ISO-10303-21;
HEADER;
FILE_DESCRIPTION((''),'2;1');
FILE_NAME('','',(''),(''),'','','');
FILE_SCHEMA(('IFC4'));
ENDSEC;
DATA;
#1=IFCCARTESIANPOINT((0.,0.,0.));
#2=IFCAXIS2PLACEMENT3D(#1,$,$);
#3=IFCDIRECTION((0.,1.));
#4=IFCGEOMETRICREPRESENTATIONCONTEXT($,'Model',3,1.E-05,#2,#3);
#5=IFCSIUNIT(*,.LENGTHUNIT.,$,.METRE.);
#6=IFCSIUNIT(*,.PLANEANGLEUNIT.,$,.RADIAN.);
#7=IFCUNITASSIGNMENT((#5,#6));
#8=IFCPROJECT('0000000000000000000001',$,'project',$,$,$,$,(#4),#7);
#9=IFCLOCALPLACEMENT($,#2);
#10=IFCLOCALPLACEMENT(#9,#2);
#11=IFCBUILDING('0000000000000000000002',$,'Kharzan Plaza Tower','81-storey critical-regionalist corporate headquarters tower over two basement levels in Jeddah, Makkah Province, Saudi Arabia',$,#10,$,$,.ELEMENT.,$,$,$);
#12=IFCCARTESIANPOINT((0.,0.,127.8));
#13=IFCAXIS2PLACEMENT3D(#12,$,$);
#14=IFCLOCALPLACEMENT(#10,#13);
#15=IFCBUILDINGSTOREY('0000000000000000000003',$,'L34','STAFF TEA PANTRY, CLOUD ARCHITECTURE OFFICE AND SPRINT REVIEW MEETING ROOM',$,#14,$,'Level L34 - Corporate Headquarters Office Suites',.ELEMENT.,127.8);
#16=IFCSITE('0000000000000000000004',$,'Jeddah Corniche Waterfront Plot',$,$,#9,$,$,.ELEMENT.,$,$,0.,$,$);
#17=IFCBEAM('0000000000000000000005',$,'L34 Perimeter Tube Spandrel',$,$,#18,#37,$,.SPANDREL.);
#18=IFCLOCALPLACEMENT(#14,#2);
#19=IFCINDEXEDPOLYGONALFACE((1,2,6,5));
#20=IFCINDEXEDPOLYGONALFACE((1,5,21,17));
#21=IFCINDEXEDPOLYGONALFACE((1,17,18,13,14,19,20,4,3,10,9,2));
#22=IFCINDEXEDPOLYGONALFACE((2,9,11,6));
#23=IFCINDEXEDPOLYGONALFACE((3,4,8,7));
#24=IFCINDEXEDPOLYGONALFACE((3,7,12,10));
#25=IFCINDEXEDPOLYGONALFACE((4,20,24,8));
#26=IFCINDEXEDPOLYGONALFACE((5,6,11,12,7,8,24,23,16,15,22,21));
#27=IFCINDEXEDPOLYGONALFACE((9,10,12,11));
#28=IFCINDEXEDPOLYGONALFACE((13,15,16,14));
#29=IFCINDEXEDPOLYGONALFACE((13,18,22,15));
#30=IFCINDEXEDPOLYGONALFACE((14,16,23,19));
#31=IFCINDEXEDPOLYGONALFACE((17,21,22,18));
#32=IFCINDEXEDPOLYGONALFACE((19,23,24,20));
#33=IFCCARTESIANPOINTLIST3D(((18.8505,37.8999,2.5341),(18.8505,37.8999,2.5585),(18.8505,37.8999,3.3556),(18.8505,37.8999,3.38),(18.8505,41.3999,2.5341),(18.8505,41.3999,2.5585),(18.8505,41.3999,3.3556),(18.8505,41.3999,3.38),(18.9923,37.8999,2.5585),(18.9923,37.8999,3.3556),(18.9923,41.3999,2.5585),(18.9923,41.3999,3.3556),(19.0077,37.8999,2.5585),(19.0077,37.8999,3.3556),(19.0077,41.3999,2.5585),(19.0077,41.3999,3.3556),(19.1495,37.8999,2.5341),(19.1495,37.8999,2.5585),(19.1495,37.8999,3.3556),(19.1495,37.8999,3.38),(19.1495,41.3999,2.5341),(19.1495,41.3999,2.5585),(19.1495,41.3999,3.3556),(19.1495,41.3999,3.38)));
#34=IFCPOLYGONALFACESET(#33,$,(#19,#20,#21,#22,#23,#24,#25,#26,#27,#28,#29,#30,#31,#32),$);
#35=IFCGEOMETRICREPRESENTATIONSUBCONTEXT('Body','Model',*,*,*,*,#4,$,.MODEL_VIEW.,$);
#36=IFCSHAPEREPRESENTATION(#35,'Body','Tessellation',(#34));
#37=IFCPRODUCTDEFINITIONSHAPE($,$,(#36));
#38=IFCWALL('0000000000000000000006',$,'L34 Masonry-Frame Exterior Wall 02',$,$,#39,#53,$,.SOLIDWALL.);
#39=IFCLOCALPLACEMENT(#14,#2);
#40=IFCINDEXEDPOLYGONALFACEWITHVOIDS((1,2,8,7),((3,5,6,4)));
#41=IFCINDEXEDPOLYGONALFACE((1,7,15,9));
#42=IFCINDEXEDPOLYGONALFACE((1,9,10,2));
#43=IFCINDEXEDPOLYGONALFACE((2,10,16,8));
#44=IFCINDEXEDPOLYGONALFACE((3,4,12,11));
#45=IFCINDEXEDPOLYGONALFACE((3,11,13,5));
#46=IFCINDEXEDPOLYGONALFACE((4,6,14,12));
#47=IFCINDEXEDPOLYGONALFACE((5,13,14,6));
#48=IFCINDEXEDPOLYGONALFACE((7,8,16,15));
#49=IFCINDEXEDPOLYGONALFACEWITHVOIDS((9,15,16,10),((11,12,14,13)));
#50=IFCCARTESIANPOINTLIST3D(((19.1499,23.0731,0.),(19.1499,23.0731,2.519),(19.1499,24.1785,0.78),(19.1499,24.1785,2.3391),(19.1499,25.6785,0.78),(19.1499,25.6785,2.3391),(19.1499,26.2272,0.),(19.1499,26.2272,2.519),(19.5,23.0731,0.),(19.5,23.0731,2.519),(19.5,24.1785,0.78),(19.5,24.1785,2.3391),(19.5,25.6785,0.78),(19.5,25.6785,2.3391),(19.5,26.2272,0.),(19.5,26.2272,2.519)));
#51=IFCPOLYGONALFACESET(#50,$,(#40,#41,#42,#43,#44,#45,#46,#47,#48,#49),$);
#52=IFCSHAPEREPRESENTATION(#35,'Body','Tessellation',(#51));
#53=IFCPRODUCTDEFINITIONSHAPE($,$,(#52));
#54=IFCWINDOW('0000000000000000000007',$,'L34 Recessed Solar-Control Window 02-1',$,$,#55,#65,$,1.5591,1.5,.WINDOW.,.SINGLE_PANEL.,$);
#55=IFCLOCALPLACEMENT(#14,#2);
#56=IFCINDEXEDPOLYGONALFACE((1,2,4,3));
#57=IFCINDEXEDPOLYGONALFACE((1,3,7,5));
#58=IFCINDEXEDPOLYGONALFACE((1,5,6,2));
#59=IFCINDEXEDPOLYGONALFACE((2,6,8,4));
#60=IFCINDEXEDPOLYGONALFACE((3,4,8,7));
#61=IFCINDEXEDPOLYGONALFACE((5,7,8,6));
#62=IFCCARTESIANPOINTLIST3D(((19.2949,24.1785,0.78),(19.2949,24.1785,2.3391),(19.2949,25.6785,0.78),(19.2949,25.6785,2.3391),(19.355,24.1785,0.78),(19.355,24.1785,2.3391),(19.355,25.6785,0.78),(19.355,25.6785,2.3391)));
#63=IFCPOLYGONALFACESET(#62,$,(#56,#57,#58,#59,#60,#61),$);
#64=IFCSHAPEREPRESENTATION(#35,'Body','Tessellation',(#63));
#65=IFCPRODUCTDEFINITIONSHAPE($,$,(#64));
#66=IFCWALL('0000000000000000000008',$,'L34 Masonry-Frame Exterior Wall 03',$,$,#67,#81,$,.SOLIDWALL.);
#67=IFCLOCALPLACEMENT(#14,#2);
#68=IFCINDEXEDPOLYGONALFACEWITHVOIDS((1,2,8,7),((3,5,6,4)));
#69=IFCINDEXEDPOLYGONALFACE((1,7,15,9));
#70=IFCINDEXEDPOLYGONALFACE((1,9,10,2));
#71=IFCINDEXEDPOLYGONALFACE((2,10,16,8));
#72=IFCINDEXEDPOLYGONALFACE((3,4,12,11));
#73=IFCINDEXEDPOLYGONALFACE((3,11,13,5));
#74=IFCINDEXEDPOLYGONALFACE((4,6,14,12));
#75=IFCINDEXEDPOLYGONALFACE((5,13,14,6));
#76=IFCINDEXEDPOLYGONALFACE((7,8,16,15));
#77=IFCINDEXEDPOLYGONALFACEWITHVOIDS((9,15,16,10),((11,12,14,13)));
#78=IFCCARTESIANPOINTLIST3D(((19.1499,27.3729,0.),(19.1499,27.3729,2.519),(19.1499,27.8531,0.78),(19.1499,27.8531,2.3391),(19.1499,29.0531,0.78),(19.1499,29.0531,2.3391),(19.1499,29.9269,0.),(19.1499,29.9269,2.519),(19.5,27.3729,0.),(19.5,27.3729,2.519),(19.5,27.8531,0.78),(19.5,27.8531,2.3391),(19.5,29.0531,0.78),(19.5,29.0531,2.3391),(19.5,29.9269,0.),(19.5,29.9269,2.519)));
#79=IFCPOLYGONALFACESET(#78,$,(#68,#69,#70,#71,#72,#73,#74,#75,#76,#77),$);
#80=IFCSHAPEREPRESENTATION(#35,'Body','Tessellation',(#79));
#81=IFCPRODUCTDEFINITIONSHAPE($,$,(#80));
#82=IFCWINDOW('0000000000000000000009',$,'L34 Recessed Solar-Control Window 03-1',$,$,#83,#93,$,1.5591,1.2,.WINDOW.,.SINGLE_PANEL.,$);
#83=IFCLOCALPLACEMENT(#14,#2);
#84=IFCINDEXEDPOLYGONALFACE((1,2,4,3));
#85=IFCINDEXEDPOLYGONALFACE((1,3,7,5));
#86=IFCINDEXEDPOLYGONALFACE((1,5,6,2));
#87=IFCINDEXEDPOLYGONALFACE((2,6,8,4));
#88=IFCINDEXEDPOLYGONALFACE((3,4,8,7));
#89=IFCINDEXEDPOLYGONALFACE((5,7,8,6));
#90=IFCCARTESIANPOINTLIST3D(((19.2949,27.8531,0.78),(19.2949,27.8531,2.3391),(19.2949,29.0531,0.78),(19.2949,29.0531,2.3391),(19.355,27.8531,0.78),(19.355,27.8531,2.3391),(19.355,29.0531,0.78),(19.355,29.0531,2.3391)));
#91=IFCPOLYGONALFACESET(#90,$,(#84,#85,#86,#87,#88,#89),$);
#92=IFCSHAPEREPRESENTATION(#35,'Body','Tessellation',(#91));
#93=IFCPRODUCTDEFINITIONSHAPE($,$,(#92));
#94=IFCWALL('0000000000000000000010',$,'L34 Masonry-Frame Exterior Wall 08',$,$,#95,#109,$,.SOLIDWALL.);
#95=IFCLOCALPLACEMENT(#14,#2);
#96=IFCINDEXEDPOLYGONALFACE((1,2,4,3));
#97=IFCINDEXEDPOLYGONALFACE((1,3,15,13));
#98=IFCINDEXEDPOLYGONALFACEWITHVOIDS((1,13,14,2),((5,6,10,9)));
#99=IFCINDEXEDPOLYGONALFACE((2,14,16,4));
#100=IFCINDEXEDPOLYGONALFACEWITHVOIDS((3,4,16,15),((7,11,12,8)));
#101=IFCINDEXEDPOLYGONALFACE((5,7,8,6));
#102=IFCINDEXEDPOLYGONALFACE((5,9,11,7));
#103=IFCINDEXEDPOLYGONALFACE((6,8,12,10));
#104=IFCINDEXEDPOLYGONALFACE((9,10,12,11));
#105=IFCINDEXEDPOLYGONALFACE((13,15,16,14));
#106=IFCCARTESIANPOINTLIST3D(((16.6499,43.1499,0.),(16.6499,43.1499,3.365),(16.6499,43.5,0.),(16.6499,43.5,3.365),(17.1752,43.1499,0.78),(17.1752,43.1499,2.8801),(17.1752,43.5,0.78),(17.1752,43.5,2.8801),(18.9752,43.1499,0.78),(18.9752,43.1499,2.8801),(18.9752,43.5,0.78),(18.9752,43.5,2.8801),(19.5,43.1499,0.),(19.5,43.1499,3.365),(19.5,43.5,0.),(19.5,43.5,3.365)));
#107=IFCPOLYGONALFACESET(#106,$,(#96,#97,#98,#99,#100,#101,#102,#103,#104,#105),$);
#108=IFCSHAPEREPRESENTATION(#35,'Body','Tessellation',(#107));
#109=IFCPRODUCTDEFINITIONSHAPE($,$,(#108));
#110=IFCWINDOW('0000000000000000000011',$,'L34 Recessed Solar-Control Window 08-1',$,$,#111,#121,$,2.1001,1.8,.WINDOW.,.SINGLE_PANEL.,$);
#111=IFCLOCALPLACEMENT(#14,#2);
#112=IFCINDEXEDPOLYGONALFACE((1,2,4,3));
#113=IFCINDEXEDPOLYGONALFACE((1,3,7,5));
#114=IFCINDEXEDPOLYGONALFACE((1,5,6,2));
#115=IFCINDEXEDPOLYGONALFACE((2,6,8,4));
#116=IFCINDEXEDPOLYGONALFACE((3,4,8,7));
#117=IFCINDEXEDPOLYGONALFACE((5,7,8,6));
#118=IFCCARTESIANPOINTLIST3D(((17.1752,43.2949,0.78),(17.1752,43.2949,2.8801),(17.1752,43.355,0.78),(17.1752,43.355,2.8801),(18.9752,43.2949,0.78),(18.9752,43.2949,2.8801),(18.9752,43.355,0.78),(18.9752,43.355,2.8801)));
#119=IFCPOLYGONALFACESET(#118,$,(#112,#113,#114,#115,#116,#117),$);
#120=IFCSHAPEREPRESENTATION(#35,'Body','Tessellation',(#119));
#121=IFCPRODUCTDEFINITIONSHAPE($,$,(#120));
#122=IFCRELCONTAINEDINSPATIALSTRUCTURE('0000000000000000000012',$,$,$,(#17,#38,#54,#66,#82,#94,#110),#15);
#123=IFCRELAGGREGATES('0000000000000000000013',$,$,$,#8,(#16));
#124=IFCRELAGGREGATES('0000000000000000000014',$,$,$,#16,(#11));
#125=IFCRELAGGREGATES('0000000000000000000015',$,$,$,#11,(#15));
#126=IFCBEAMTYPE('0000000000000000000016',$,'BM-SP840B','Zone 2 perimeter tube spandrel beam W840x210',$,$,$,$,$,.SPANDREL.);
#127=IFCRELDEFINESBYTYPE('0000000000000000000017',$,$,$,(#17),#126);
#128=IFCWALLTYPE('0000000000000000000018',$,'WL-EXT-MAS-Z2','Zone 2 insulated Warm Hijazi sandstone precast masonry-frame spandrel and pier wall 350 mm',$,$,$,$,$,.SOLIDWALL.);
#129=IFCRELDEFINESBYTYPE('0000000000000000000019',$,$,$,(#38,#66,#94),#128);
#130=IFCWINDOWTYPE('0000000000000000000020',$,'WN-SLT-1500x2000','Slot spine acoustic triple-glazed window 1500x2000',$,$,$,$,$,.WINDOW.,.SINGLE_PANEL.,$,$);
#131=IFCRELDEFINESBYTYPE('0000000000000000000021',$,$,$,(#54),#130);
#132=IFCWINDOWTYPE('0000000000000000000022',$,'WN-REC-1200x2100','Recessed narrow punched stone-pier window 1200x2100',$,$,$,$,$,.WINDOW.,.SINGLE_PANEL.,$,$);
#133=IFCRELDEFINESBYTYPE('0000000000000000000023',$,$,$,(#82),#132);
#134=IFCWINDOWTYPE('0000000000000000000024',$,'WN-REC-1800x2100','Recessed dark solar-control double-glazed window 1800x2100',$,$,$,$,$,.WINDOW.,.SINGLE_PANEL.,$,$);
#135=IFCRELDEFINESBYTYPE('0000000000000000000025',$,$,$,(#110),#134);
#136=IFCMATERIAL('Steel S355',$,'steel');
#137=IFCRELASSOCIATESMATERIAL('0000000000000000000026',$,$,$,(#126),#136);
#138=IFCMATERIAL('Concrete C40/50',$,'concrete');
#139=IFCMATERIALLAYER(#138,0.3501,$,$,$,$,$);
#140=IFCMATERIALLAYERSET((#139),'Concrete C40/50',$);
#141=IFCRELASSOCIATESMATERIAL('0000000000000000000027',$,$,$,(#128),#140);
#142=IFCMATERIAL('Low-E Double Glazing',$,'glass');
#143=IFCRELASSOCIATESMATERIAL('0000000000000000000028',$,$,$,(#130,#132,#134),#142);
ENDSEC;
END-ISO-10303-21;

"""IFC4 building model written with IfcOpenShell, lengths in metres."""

from ifc_helpers import new_model, si_unit, direction, frame, frame_2d, origin, origin_2d, place, context, subcontext, project, spatial, rectangle, i_section, extrude, source, transform, mapped, material, layer, layer_set, material_profile, profile_set, type_object, element, fill, save


model = new_model("IFC4")

# Units and contexts
model_context = context("Model", 3, precision=1e-05, world=origin(), true_north=direction((0.0, 1.0)))
body_context = subcontext(model_context, "Body", "Model", "MODEL_VIEW")
ifc_project = project(units=[si_unit("LENGTHUNIT", "METRE"), si_unit("PLANEANGLEUNIT", "RADIAN")], contexts=[model_context])

# Site, building, storey
site_placement = place(None, origin())
site = spatial("IfcSite", under=ifc_project, at=site_placement, Name="Jeddah Corniche Waterfront Plot", CompositionType="ELEMENT", RefElevation=0.0)
building_placement = place(site_placement, origin())
building = spatial("IfcBuilding", under=site, at=building_placement, Name="Kharzan Plaza Tower", Description="81-storey critical-regionalist corporate headquarters tower over two basement levels in Jeddah, Makkah Province, Saudi Arabia", CompositionType="ELEMENT")
storey_placement = place(building_placement, frame((0.0, 0.0, 127.8)))
storey = spatial("IfcBuildingStorey", under=building, at=storey_placement, Name="L34", Description="STAFF TEA PANTRY, CLOUD ARCHITECTURE OFFICE AND SPRINT REVIEW MEETING ROOM", LongName="Level L34 - Corporate Headquarters Office Suites", CompositionType="ELEMENT", Elevation=127.8)

# Beam
ifc_material_1 = material(Name="Steel S355", Category="steel")
ifc_material_profile_1 = material_profile(ifc_material_1, i_section(OverallWidth=0.2991, OverallDepth=0.8459, WebThickness=0.0154, FlangeThickness=0.0244, at=origin_2d()), Name="W840x210")
ifc_profile_set_1 = profile_set([ifc_material_profile_1], Name="Steel S355")
beam_type = type_object("IfcBeamType", Name="BM-SP840B", Description="Zone 2 perimeter tube spandrel beam W840x210", PredefinedType="SPANDREL", material=ifc_profile_set_1)
shared_shape_1 = source(origin(), body_context, "Body", "SweptSolid", [
    extrude(i_section(OverallWidth=0.2991, OverallDepth=0.8459, WebThickness=0.0154, FlangeThickness=0.0244, at=origin_2d()), origin(), (0.0, 0.0, 1.0), 3.5),
])
beam_1_placement = place(storey_placement, frame((19.0, 37.8999, 2.957), z_axis=(0.0, 1.0, 0.0), x_axis=(-1.0, 0.0, 0.0)))
element("IfcBeam", 1, at=beam_1_placement, inside=storey, type_object=beam_type, Name="L34 Perimeter Tube Spandrel", PredefinedType="SPANDREL", context=body_context, shape_type="MappedRepresentation", body=[
    mapped(shared_shape_1, transform((0.0, 0.0, 0.0), x_axis=(1.0, 0.0, 0.0), y_axis=(0.0, 1.0, 0.0), z_axis=(0.0, 0.0, 1.0))),
])

# Walls, openings, windows
ifc_material_2 = material(Name="Concrete C40/50", Category="concrete")
ifc_layer_1 = layer(ifc_material_2, 0.3501)
ifc_layer_set_1 = layer_set([ifc_layer_1], Name="Concrete C40/50")
wall_type_1 = type_object("IfcWallType", Name="WL-EXT-MAS-Z2", Description="Zone 2 insulated Warm Hijazi sandstone precast masonry-frame spandrel and pier wall 350 mm", PredefinedType="SOLIDWALL", material=ifc_layer_set_1)
wall_1_placement = place(storey_placement, frame((19.325, 23.073, 0.0), z_axis=(0.0, 0.0, 1.0), x_axis=(0.0, 1.0, 0.0)))
wall_1 = element("IfcWall", 2, at=wall_1_placement, inside=storey, type_object=wall_type_1, Name="L34 Masonry-Frame Exterior Wall 02", PredefinedType="SOLIDWALL", context=body_context, shape_type="SweptSolid", body=[
    extrude(rectangle(XDim=3.1541, YDim=0.3501, at=frame_2d((1.5771, 0.0))), origin(), (0.0, 0.0, 1.0), 2.519),
])
opening_1_placement = place(wall_1_placement, frame((1.1055, 0.0, 0.78)))
opening_1 = element("IfcOpeningElement", 3, at=opening_1_placement, cuts=wall_1, PredefinedType="OPENING", context=body_context, shape_type="SweptSolid", body=[
    extrude(rectangle(XDim=1.5, YDim=1.5591, at=frame_2d((0.75, 0.7795))), frame((0.0, 0.1851, 0.0), z_axis=(0.0, -1.0, 0.0), x_axis=(1.0, 0.0, 0.0)), (0.0, 0.0, 1.0), 0.3701),
])
ifc_material_3 = material(Name="Low-E Double Glazing", Category="glass")
window_type_1 = type_object("IfcWindowType", Name="WN-SLT-1500x2000", Description="Slot spine acoustic triple-glazed window 1500x2000", PartitioningType="SINGLE_PANEL", PredefinedType="WINDOW", material=ifc_material_3)
shared_shape_2 = source(origin(), body_context, "Body", "SweptSolid", [
    extrude(rectangle(XDim=1.5, YDim=1.5591, at=frame_2d((0.75, 0.7795))), frame((0.0, 0.03, 0.0), z_axis=(0.0, -1.0, 0.0), x_axis=(1.0, 0.0, 0.0)), (0.0, 0.0, 1.0), 0.0601),
])
window_1_placement = place(opening_1_placement, origin())
window_1 = element("IfcWindow", 4, at=window_1_placement, inside=storey, type_object=window_type_1, Name="L34 Recessed Solar-Control Window 02-1", OverallHeight=1.5591, OverallWidth=1.5, PartitioningType="SINGLE_PANEL", PredefinedType="WINDOW", context=body_context, shape_type="MappedRepresentation", body=[
    mapped(shared_shape_2, transform((0.0, 0.0, 0.0), x_axis=(1.0, 0.0, 0.0), y_axis=(0.0, 1.0, 0.0), z_axis=(0.0, 0.0, 1.0))),
])
fill(opening_1, window_1)
wall_2_placement = place(storey_placement, frame((19.325, 27.373, 0.0), z_axis=(0.0, 0.0, 1.0), x_axis=(0.0, 1.0, 0.0)))
wall_2 = element("IfcWall", 5, at=wall_2_placement, inside=storey, type_object=wall_type_1, Name="L34 Masonry-Frame Exterior Wall 03", PredefinedType="SOLIDWALL", context=body_context, shape_type="SweptSolid", body=[
    extrude(rectangle(XDim=2.554, YDim=0.3501, at=frame_2d((1.2769, 0.0))), origin(), (0.0, 0.0, 1.0), 2.519),
])
opening_2_placement = place(wall_2_placement, frame((0.48, 0.0, 0.78)))
opening_2 = element("IfcOpeningElement", 6, at=opening_2_placement, cuts=wall_2, PredefinedType="OPENING", context=body_context, shape_type="SweptSolid", body=[
    extrude(rectangle(XDim=1.2, YDim=1.5591, at=frame_2d((0.6001, 0.7795))), frame((0.0, 0.1851, 0.0), z_axis=(0.0, -1.0, 0.0), x_axis=(1.0, 0.0, 0.0)), (0.0, 0.0, 1.0), 0.3701),
])
window_type_2 = type_object("IfcWindowType", Name="WN-REC-1200x2100", Description="Recessed narrow punched stone-pier window 1200x2100", PartitioningType="SINGLE_PANEL", PredefinedType="WINDOW", material=ifc_material_3)
shared_shape_3 = source(origin(), body_context, "Body", "SweptSolid", [
    extrude(rectangle(XDim=1.2, YDim=1.5591, at=frame_2d((0.6001, 0.7795))), frame((0.0, 0.03, 0.0), z_axis=(0.0, -1.0, 0.0), x_axis=(1.0, 0.0, 0.0)), (0.0, 0.0, 1.0), 0.0601),
])
window_2_placement = place(opening_2_placement, origin())
window_2 = element("IfcWindow", 7, at=window_2_placement, inside=storey, type_object=window_type_2, Name="L34 Recessed Solar-Control Window 03-1", OverallHeight=1.5591, OverallWidth=1.2, PartitioningType="SINGLE_PANEL", PredefinedType="WINDOW", context=body_context, shape_type="MappedRepresentation", body=[
    mapped(shared_shape_3, transform((0.0, 0.0, 0.0), x_axis=(1.0, 0.0, 0.0), y_axis=(0.0, 1.0, 0.0), z_axis=(0.0, 0.0, 1.0))),
])
fill(opening_2, window_2)

# Wall, opening, window
wall_3_placement = place(storey_placement, frame((19.5, 43.325, 0.0), z_axis=(0.0, 0.0, 1.0), x_axis=(-1.0, 0.0, 0.0)))
wall_3 = element("IfcWall", 8, at=wall_3_placement, inside=storey, type_object=wall_type_1, Name="L34 Masonry-Frame Exterior Wall 08", PredefinedType="SOLIDWALL", context=body_context, shape_type="SweptSolid", body=[
    extrude(rectangle(XDim=2.8501, YDim=0.3501, at=frame_2d((1.425, 0.0))), origin(), (0.0, 0.0, 1.0), 3.365),
])
opening_3_placement = place(wall_3_placement, frame((0.5249, 0.0, 0.78)))
opening_3 = element("IfcOpeningElement", 9, at=opening_3_placement, cuts=wall_3, PredefinedType="OPENING", context=body_context, shape_type="SweptSolid", body=[
    extrude(rectangle(XDim=1.8, YDim=2.1001, at=frame_2d((0.8999, 1.05))), frame((0.0, 0.1851, 0.0), z_axis=(0.0, -1.0, 0.0), x_axis=(1.0, 0.0, 0.0)), (0.0, 0.0, 1.0), 0.3701),
])
window_type_3 = type_object("IfcWindowType", Name="WN-REC-1800x2100", Description="Recessed dark solar-control double-glazed window 1800x2100", PartitioningType="SINGLE_PANEL", PredefinedType="WINDOW", material=ifc_material_3)
shared_shape_4 = source(origin(), body_context, "Body", "SweptSolid", [
    extrude(rectangle(XDim=1.8, YDim=2.1001, at=frame_2d((0.8999, 1.05))), frame((0.0, 0.03, 0.0), z_axis=(0.0, -1.0, 0.0), x_axis=(1.0, 0.0, 0.0)), (0.0, 0.0, 1.0), 0.0601),
])
window_3_placement = place(opening_3_placement, origin())
window_3 = element("IfcWindow", 10, at=window_3_placement, inside=storey, type_object=window_type_3, Name="L34 Recessed Solar-Control Window 08-1", OverallHeight=2.1001, OverallWidth=1.8, PartitioningType="SINGLE_PANEL", PredefinedType="WINDOW", context=body_context, shape_type="MappedRepresentation", body=[
    mapped(shared_shape_4, transform((0.0, 0.0, 0.0), x_axis=(1.0, 0.0, 0.0), y_axis=(0.0, 1.0, 0.0), z_axis=(0.0, 0.0, 1.0))),
])
fill(opening_3, window_3)

save(model, "model.ifc")
